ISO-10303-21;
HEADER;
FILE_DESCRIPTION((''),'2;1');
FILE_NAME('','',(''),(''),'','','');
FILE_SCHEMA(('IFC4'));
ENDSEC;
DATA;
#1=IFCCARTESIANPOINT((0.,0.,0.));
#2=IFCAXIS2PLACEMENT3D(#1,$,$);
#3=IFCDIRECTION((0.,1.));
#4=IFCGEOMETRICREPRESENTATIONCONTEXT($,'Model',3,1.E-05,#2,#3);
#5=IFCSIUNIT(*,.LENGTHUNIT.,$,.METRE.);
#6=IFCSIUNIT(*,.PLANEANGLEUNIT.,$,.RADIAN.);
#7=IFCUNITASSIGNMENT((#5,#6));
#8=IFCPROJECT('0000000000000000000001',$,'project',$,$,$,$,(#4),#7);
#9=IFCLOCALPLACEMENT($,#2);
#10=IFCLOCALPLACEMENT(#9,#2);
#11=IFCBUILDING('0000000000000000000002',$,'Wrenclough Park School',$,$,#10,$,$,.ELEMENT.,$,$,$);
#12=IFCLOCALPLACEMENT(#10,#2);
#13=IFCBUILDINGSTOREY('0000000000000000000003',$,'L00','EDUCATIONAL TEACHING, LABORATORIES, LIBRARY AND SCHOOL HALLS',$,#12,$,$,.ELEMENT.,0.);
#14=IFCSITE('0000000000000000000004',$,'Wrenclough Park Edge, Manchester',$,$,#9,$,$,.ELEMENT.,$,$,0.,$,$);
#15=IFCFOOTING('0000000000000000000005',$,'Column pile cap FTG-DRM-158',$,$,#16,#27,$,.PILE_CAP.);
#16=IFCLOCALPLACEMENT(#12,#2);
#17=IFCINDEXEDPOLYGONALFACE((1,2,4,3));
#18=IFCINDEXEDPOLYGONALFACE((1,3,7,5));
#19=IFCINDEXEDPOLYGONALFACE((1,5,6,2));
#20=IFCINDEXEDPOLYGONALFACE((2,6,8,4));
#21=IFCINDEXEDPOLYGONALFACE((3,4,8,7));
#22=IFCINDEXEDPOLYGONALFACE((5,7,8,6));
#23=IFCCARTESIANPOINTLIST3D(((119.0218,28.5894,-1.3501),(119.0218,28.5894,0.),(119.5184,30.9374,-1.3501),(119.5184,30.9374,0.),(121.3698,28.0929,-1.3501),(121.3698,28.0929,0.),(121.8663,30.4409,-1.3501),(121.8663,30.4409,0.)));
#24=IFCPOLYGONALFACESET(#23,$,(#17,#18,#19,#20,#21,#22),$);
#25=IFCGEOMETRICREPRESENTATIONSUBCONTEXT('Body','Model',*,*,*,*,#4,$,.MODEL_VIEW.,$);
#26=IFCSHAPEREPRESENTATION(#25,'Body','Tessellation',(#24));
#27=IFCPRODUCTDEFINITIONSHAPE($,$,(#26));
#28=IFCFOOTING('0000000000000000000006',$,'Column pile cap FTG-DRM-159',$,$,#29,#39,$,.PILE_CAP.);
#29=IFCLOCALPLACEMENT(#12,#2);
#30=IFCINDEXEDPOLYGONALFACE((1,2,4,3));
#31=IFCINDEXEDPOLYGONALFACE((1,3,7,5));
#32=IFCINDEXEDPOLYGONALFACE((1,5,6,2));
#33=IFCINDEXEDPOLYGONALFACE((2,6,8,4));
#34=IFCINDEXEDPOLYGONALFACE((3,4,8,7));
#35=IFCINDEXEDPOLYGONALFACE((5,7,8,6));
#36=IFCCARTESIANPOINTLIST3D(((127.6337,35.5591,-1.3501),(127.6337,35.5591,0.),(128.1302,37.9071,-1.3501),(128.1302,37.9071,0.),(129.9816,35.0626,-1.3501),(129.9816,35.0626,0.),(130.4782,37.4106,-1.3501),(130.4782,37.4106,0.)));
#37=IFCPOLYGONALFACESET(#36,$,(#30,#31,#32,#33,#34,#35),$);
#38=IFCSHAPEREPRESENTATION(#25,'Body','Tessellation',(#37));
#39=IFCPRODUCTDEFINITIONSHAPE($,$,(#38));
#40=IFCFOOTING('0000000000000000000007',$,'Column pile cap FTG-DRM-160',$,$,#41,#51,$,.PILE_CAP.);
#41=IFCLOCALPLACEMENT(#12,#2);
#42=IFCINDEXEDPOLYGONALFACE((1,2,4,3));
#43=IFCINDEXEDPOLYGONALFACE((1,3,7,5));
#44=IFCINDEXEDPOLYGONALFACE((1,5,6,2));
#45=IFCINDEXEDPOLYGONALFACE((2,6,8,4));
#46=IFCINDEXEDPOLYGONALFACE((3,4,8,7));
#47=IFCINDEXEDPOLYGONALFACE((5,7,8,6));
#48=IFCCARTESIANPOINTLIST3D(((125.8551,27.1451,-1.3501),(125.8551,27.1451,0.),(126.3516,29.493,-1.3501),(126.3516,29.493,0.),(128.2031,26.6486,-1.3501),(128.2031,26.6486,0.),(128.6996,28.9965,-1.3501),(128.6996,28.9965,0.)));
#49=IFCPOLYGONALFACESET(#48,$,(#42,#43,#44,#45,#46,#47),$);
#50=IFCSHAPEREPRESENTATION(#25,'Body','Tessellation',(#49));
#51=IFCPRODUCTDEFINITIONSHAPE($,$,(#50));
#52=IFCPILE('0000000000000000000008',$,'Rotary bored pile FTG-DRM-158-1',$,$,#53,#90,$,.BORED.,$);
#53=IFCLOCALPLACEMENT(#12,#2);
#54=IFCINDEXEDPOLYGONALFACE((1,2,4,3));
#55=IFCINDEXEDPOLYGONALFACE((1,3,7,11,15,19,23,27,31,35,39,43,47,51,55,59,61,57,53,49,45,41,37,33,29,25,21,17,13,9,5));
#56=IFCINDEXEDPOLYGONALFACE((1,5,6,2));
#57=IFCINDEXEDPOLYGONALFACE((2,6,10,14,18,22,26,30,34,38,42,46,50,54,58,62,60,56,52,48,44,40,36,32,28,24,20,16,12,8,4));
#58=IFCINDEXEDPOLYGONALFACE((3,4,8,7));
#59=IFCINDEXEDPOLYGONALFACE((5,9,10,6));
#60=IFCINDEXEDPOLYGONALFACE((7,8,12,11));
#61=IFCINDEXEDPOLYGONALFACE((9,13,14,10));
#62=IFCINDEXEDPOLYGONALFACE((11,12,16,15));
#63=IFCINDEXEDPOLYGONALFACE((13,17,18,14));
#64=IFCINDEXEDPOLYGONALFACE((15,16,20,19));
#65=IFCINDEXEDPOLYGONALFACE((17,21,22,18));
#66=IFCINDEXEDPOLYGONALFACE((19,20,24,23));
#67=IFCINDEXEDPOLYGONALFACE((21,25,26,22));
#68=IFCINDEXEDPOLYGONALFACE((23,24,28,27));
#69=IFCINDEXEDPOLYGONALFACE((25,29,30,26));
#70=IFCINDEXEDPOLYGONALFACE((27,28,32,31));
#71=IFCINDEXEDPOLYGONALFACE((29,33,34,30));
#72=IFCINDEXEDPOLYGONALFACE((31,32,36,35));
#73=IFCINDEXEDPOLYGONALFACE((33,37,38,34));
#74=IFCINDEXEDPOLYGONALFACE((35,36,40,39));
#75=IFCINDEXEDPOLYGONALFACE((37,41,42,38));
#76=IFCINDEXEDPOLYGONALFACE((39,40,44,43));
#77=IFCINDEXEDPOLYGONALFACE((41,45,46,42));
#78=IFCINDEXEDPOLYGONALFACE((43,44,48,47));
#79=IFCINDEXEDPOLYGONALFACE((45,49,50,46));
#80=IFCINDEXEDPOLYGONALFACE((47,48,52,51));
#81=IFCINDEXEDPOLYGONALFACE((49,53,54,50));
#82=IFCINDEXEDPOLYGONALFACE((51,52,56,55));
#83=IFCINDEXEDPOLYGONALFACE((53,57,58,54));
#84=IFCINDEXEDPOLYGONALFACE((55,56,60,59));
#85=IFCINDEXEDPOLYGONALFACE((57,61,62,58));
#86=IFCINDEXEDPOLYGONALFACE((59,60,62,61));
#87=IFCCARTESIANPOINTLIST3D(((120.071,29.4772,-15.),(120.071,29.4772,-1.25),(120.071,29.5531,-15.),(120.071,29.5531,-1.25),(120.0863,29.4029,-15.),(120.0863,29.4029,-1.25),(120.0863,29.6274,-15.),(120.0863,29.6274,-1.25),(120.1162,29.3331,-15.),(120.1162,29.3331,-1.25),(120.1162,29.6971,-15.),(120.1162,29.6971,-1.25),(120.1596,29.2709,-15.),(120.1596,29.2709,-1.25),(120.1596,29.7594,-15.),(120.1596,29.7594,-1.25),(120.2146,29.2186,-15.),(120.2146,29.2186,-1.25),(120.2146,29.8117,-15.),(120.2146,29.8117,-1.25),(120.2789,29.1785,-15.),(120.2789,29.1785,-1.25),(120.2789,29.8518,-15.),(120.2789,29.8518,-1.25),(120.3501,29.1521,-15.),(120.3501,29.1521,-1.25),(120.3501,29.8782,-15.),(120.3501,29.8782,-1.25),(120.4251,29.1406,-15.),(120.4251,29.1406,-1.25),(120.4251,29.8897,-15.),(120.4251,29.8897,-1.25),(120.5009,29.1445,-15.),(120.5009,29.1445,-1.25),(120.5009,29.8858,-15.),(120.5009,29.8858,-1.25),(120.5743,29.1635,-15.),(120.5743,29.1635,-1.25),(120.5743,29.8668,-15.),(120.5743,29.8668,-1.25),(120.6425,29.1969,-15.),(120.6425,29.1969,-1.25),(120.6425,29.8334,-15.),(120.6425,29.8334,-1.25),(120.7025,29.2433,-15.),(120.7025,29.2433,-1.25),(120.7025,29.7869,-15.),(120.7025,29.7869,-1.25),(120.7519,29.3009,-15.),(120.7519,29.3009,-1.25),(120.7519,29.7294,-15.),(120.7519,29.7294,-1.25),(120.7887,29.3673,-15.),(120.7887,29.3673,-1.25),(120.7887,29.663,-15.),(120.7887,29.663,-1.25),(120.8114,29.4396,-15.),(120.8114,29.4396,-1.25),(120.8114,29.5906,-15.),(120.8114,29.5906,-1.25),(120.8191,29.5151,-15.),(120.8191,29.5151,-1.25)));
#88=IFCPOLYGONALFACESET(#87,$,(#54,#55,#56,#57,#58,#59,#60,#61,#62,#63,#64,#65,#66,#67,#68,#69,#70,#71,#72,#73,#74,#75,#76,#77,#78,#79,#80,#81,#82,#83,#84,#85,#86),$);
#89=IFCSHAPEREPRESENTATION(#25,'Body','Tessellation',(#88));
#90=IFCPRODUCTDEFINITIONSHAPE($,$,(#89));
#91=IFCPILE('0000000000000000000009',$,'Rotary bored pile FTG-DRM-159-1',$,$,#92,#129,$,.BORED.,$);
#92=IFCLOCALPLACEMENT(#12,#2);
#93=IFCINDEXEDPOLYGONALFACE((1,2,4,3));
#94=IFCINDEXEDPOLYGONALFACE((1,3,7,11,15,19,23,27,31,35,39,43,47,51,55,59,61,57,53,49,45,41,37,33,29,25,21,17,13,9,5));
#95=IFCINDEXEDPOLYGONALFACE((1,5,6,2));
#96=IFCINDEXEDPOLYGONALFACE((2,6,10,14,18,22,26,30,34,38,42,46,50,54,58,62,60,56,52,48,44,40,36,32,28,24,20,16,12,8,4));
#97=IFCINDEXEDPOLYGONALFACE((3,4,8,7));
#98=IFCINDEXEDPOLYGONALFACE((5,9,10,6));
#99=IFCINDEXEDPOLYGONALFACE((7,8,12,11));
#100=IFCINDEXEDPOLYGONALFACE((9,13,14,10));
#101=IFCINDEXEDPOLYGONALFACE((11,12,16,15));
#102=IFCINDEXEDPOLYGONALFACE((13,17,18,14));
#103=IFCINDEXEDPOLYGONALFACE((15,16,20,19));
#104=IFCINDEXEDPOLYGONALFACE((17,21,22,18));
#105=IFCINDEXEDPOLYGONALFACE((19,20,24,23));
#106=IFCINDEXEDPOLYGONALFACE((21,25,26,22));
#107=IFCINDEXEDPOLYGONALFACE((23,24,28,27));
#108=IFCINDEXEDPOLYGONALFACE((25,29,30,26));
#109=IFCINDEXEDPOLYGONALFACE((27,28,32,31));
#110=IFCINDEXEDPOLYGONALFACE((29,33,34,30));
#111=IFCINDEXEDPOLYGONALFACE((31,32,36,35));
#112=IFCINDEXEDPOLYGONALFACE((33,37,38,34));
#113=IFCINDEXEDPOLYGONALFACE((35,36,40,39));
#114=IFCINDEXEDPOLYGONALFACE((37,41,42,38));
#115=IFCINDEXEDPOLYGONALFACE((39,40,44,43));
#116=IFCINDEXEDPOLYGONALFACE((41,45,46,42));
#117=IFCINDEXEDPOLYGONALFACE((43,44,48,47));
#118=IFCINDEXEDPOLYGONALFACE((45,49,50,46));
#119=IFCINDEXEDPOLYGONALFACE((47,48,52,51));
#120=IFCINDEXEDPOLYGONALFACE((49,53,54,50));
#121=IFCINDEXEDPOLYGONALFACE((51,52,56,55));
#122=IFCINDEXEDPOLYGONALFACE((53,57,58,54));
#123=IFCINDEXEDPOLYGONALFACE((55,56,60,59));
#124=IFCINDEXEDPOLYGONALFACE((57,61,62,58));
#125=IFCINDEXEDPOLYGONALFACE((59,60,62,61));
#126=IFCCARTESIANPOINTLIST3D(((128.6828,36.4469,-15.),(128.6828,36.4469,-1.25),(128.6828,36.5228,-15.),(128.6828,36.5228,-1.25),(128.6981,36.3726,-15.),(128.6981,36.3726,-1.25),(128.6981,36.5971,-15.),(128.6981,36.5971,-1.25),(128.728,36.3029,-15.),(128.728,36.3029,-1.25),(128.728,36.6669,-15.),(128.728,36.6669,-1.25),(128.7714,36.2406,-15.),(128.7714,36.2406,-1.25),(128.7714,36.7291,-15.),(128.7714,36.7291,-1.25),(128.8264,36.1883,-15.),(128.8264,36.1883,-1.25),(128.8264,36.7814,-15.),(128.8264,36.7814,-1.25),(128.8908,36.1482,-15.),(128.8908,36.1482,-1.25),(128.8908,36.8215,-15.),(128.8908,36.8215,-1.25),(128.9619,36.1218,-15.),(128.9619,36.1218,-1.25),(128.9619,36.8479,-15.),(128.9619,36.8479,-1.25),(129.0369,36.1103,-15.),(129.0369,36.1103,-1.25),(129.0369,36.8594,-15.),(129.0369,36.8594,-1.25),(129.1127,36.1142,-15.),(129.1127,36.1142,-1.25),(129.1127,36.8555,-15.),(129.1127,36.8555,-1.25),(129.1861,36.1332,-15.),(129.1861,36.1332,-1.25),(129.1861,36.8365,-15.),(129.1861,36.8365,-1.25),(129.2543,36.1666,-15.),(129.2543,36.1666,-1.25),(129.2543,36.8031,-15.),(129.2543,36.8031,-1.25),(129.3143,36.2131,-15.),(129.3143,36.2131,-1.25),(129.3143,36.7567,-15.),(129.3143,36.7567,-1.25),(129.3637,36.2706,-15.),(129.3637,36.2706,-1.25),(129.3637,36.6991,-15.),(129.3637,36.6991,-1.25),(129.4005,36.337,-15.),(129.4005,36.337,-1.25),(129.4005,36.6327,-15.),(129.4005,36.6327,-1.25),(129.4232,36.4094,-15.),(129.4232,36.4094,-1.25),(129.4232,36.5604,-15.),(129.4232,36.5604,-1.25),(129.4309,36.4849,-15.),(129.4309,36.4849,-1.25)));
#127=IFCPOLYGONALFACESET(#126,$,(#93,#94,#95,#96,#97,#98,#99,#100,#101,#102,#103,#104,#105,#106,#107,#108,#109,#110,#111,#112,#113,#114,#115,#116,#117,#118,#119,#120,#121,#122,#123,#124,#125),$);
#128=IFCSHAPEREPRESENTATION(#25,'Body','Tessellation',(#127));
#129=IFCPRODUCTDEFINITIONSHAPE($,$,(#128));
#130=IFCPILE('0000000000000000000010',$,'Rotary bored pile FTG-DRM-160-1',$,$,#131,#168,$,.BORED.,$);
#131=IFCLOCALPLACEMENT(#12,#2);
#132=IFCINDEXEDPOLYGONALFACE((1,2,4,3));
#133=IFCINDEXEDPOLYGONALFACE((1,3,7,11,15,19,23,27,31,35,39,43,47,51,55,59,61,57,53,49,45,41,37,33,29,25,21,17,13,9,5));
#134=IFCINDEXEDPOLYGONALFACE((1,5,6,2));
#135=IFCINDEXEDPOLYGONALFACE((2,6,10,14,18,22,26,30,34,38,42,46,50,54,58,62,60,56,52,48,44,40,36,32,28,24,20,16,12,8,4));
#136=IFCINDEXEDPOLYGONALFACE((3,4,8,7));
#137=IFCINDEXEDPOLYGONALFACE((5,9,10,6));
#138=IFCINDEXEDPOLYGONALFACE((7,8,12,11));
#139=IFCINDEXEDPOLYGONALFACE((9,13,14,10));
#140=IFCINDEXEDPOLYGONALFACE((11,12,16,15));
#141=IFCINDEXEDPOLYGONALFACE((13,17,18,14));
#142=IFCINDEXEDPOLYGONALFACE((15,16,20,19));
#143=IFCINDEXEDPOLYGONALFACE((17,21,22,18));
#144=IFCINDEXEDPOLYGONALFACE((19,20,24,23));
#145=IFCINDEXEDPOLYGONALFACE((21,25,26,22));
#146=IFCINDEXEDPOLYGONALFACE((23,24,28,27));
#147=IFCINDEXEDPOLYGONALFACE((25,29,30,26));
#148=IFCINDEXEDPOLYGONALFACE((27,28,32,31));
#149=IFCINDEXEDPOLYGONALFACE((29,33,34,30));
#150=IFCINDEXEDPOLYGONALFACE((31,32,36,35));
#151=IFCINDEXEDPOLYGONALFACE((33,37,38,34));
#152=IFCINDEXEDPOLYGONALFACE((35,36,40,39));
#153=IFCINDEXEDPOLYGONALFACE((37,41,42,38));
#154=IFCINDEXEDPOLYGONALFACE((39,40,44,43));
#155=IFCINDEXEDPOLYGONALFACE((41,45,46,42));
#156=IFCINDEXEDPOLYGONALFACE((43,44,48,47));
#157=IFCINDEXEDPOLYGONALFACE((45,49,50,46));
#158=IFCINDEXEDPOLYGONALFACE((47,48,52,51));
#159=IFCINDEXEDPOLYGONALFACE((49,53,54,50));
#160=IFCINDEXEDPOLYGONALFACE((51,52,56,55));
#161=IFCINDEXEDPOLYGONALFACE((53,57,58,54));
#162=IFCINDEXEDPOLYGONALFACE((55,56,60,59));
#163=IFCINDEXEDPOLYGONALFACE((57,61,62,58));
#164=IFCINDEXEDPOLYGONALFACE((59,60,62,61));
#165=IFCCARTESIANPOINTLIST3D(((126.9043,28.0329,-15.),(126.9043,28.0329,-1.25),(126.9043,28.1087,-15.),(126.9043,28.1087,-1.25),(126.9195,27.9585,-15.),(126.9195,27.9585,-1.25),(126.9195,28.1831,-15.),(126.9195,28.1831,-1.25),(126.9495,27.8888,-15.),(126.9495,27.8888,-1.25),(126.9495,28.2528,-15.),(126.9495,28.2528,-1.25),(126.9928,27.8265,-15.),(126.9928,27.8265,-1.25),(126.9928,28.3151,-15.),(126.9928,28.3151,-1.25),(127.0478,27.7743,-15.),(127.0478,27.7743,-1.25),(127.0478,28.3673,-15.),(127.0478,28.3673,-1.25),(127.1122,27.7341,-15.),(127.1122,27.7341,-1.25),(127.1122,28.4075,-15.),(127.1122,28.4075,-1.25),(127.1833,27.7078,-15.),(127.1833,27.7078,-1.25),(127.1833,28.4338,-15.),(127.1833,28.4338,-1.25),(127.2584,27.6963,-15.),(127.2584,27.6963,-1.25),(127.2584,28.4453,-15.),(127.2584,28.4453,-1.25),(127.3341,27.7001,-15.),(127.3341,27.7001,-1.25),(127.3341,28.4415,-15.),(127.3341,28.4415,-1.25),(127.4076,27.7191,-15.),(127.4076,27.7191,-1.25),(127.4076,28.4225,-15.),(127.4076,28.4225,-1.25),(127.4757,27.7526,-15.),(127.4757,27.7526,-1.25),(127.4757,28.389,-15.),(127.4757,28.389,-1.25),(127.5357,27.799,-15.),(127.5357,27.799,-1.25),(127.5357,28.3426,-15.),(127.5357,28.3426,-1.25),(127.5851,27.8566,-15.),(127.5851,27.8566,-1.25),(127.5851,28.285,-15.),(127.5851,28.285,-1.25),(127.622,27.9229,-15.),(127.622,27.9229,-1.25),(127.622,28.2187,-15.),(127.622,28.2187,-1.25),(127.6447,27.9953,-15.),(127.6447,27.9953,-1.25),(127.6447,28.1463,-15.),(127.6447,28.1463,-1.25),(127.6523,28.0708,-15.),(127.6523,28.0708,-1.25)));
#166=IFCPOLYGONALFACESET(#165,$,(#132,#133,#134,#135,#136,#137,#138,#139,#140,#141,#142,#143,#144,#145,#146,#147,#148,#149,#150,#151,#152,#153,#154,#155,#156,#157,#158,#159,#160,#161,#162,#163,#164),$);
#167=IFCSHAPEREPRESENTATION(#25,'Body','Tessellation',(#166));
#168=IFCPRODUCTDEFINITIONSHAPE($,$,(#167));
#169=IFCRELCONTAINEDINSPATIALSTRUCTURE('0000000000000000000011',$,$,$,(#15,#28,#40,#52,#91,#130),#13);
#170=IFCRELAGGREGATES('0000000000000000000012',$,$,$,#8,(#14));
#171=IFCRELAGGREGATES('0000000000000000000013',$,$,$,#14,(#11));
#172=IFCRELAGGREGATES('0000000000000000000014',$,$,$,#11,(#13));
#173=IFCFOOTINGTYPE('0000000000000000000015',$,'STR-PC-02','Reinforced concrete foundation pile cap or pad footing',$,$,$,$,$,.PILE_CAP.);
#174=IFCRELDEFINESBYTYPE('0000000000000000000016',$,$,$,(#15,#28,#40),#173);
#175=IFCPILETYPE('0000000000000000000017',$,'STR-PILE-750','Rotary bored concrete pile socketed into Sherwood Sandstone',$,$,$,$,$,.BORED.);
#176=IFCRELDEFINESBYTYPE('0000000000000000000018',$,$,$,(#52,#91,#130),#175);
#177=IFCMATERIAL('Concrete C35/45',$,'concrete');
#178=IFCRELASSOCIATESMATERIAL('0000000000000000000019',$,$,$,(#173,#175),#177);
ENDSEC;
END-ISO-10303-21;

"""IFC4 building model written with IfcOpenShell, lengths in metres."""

from ifc_helpers import new_model, si_unit, direction, frame, origin, origin_2d, place, context, subcontext, project, spatial, rectangle, circle, extrude, material, material_profile, profile_set, type_object, element, save


model = new_model("IFC4")

# Units and contexts
model_context = context("Model", 3, precision=1e-05, world=origin(), true_north=direction((0.0, 1.0)))
body_context = subcontext(model_context, "Body", "Model", "MODEL_VIEW")
ifc_project = project(units=[si_unit("LENGTHUNIT", "METRE"), si_unit("PLANEANGLEUNIT", "RADIAN")], contexts=[model_context])

# Site, building, storey
site_placement = place(None, origin())
site = spatial("IfcSite", under=ifc_project, at=site_placement, Name="Wrenclough Park Edge, Manchester", CompositionType="ELEMENT", RefElevation=0.0)
building_placement = place(site_placement, origin())
building = spatial("IfcBuilding", under=site, at=building_placement, Name="Wrenclough Park School", CompositionType="ELEMENT")
storey_placement = place(building_placement, origin())
storey = spatial("IfcBuildingStorey", under=building, at=storey_placement, Name="L00", Description="EDUCATIONAL TEACHING, LABORATORIES, LIBRARY AND SCHOOL HALLS", CompositionType="ELEMENT", Elevation=0.0)

# Footings
ifc_material_1 = material(Name="Concrete C35/45", Category="concrete")
footing_type = type_object("IfcFootingType", Name="STR-PC-02", Description="Reinforced concrete foundation pile cap or pad footing", PredefinedType="PILE_CAP", material=ifc_material_1)
for number, where, z_axis, x_axis, name in (
    (1, (120.4441, 29.5151, -1.3501), (0.0, 0.0, 1.0), (0.978365, -0.206887, 0.0), "Column pile cap FTG-DRM-158"),
    (2, (129.0559, 36.4849, -1.3501), (0.0, 0.0, 1.0), (0.978365, -0.206887, 0.0), "Column pile cap FTG-DRM-159"),
    (3, (127.2773, 28.0708, -1.3501), (0.0, 0.0, 1.0), (0.978365, -0.206887, 0.0), "Column pile cap FTG-DRM-160"),
):
    element("IfcFooting", number, at=place(storey_placement, frame(where, z_axis=z_axis, x_axis=x_axis)), inside=storey, type_object=footing_type, Name=name, PredefinedType="PILE_CAP", context=body_context, shape_type="SweptSolid", body=[
        extrude(rectangle(XDim=2.3999, YDim=2.3999, at=origin_2d()), origin(), (0.0, 0.0, 1.0), 1.3501),
    ])

# Piles
ifc_material_profile_1 = material_profile(ifc_material_1, circle(Radius=0.375, at=origin_2d()), Name="BORED PILE D750")
ifc_profile_set_1 = profile_set([ifc_material_profile_1], Name="Concrete C35/45")
pile_type = type_object("IfcPileType", Name="STR-PILE-750", Description="Rotary bored concrete pile socketed into Sherwood Sandstone", PredefinedType="BORED", material=ifc_profile_set_1)
for number, where, z_axis, x_axis, name in (
    (4, (120.4441, 29.5151, -1.25), (0.0, 0.0, -1.0), (1.0, 0.0, 0.0), "Rotary bored pile FTG-DRM-158-1"),
    (5, (129.0559, 36.4849, -1.25), (0.0, 0.0, -1.0), (1.0, 0.0, 0.0), "Rotary bored pile FTG-DRM-159-1"),
    (6, (127.2773, 28.0708, -1.25), (0.0, 0.0, -1.0), (1.0, 0.0, 0.0), "Rotary bored pile FTG-DRM-160-1"),
):
    element("IfcPile", number, at=place(storey_placement, frame(where, z_axis=z_axis, x_axis=x_axis)), inside=storey, type_object=pile_type, Name=name, PredefinedType="BORED", context=body_context, shape_type="SweptSolid", body=[
        extrude(circle(Radius=0.375, at=origin_2d()), origin(), (0.0, 0.0, 1.0), 13.75),
    ])

save(model, "model.ifc")
